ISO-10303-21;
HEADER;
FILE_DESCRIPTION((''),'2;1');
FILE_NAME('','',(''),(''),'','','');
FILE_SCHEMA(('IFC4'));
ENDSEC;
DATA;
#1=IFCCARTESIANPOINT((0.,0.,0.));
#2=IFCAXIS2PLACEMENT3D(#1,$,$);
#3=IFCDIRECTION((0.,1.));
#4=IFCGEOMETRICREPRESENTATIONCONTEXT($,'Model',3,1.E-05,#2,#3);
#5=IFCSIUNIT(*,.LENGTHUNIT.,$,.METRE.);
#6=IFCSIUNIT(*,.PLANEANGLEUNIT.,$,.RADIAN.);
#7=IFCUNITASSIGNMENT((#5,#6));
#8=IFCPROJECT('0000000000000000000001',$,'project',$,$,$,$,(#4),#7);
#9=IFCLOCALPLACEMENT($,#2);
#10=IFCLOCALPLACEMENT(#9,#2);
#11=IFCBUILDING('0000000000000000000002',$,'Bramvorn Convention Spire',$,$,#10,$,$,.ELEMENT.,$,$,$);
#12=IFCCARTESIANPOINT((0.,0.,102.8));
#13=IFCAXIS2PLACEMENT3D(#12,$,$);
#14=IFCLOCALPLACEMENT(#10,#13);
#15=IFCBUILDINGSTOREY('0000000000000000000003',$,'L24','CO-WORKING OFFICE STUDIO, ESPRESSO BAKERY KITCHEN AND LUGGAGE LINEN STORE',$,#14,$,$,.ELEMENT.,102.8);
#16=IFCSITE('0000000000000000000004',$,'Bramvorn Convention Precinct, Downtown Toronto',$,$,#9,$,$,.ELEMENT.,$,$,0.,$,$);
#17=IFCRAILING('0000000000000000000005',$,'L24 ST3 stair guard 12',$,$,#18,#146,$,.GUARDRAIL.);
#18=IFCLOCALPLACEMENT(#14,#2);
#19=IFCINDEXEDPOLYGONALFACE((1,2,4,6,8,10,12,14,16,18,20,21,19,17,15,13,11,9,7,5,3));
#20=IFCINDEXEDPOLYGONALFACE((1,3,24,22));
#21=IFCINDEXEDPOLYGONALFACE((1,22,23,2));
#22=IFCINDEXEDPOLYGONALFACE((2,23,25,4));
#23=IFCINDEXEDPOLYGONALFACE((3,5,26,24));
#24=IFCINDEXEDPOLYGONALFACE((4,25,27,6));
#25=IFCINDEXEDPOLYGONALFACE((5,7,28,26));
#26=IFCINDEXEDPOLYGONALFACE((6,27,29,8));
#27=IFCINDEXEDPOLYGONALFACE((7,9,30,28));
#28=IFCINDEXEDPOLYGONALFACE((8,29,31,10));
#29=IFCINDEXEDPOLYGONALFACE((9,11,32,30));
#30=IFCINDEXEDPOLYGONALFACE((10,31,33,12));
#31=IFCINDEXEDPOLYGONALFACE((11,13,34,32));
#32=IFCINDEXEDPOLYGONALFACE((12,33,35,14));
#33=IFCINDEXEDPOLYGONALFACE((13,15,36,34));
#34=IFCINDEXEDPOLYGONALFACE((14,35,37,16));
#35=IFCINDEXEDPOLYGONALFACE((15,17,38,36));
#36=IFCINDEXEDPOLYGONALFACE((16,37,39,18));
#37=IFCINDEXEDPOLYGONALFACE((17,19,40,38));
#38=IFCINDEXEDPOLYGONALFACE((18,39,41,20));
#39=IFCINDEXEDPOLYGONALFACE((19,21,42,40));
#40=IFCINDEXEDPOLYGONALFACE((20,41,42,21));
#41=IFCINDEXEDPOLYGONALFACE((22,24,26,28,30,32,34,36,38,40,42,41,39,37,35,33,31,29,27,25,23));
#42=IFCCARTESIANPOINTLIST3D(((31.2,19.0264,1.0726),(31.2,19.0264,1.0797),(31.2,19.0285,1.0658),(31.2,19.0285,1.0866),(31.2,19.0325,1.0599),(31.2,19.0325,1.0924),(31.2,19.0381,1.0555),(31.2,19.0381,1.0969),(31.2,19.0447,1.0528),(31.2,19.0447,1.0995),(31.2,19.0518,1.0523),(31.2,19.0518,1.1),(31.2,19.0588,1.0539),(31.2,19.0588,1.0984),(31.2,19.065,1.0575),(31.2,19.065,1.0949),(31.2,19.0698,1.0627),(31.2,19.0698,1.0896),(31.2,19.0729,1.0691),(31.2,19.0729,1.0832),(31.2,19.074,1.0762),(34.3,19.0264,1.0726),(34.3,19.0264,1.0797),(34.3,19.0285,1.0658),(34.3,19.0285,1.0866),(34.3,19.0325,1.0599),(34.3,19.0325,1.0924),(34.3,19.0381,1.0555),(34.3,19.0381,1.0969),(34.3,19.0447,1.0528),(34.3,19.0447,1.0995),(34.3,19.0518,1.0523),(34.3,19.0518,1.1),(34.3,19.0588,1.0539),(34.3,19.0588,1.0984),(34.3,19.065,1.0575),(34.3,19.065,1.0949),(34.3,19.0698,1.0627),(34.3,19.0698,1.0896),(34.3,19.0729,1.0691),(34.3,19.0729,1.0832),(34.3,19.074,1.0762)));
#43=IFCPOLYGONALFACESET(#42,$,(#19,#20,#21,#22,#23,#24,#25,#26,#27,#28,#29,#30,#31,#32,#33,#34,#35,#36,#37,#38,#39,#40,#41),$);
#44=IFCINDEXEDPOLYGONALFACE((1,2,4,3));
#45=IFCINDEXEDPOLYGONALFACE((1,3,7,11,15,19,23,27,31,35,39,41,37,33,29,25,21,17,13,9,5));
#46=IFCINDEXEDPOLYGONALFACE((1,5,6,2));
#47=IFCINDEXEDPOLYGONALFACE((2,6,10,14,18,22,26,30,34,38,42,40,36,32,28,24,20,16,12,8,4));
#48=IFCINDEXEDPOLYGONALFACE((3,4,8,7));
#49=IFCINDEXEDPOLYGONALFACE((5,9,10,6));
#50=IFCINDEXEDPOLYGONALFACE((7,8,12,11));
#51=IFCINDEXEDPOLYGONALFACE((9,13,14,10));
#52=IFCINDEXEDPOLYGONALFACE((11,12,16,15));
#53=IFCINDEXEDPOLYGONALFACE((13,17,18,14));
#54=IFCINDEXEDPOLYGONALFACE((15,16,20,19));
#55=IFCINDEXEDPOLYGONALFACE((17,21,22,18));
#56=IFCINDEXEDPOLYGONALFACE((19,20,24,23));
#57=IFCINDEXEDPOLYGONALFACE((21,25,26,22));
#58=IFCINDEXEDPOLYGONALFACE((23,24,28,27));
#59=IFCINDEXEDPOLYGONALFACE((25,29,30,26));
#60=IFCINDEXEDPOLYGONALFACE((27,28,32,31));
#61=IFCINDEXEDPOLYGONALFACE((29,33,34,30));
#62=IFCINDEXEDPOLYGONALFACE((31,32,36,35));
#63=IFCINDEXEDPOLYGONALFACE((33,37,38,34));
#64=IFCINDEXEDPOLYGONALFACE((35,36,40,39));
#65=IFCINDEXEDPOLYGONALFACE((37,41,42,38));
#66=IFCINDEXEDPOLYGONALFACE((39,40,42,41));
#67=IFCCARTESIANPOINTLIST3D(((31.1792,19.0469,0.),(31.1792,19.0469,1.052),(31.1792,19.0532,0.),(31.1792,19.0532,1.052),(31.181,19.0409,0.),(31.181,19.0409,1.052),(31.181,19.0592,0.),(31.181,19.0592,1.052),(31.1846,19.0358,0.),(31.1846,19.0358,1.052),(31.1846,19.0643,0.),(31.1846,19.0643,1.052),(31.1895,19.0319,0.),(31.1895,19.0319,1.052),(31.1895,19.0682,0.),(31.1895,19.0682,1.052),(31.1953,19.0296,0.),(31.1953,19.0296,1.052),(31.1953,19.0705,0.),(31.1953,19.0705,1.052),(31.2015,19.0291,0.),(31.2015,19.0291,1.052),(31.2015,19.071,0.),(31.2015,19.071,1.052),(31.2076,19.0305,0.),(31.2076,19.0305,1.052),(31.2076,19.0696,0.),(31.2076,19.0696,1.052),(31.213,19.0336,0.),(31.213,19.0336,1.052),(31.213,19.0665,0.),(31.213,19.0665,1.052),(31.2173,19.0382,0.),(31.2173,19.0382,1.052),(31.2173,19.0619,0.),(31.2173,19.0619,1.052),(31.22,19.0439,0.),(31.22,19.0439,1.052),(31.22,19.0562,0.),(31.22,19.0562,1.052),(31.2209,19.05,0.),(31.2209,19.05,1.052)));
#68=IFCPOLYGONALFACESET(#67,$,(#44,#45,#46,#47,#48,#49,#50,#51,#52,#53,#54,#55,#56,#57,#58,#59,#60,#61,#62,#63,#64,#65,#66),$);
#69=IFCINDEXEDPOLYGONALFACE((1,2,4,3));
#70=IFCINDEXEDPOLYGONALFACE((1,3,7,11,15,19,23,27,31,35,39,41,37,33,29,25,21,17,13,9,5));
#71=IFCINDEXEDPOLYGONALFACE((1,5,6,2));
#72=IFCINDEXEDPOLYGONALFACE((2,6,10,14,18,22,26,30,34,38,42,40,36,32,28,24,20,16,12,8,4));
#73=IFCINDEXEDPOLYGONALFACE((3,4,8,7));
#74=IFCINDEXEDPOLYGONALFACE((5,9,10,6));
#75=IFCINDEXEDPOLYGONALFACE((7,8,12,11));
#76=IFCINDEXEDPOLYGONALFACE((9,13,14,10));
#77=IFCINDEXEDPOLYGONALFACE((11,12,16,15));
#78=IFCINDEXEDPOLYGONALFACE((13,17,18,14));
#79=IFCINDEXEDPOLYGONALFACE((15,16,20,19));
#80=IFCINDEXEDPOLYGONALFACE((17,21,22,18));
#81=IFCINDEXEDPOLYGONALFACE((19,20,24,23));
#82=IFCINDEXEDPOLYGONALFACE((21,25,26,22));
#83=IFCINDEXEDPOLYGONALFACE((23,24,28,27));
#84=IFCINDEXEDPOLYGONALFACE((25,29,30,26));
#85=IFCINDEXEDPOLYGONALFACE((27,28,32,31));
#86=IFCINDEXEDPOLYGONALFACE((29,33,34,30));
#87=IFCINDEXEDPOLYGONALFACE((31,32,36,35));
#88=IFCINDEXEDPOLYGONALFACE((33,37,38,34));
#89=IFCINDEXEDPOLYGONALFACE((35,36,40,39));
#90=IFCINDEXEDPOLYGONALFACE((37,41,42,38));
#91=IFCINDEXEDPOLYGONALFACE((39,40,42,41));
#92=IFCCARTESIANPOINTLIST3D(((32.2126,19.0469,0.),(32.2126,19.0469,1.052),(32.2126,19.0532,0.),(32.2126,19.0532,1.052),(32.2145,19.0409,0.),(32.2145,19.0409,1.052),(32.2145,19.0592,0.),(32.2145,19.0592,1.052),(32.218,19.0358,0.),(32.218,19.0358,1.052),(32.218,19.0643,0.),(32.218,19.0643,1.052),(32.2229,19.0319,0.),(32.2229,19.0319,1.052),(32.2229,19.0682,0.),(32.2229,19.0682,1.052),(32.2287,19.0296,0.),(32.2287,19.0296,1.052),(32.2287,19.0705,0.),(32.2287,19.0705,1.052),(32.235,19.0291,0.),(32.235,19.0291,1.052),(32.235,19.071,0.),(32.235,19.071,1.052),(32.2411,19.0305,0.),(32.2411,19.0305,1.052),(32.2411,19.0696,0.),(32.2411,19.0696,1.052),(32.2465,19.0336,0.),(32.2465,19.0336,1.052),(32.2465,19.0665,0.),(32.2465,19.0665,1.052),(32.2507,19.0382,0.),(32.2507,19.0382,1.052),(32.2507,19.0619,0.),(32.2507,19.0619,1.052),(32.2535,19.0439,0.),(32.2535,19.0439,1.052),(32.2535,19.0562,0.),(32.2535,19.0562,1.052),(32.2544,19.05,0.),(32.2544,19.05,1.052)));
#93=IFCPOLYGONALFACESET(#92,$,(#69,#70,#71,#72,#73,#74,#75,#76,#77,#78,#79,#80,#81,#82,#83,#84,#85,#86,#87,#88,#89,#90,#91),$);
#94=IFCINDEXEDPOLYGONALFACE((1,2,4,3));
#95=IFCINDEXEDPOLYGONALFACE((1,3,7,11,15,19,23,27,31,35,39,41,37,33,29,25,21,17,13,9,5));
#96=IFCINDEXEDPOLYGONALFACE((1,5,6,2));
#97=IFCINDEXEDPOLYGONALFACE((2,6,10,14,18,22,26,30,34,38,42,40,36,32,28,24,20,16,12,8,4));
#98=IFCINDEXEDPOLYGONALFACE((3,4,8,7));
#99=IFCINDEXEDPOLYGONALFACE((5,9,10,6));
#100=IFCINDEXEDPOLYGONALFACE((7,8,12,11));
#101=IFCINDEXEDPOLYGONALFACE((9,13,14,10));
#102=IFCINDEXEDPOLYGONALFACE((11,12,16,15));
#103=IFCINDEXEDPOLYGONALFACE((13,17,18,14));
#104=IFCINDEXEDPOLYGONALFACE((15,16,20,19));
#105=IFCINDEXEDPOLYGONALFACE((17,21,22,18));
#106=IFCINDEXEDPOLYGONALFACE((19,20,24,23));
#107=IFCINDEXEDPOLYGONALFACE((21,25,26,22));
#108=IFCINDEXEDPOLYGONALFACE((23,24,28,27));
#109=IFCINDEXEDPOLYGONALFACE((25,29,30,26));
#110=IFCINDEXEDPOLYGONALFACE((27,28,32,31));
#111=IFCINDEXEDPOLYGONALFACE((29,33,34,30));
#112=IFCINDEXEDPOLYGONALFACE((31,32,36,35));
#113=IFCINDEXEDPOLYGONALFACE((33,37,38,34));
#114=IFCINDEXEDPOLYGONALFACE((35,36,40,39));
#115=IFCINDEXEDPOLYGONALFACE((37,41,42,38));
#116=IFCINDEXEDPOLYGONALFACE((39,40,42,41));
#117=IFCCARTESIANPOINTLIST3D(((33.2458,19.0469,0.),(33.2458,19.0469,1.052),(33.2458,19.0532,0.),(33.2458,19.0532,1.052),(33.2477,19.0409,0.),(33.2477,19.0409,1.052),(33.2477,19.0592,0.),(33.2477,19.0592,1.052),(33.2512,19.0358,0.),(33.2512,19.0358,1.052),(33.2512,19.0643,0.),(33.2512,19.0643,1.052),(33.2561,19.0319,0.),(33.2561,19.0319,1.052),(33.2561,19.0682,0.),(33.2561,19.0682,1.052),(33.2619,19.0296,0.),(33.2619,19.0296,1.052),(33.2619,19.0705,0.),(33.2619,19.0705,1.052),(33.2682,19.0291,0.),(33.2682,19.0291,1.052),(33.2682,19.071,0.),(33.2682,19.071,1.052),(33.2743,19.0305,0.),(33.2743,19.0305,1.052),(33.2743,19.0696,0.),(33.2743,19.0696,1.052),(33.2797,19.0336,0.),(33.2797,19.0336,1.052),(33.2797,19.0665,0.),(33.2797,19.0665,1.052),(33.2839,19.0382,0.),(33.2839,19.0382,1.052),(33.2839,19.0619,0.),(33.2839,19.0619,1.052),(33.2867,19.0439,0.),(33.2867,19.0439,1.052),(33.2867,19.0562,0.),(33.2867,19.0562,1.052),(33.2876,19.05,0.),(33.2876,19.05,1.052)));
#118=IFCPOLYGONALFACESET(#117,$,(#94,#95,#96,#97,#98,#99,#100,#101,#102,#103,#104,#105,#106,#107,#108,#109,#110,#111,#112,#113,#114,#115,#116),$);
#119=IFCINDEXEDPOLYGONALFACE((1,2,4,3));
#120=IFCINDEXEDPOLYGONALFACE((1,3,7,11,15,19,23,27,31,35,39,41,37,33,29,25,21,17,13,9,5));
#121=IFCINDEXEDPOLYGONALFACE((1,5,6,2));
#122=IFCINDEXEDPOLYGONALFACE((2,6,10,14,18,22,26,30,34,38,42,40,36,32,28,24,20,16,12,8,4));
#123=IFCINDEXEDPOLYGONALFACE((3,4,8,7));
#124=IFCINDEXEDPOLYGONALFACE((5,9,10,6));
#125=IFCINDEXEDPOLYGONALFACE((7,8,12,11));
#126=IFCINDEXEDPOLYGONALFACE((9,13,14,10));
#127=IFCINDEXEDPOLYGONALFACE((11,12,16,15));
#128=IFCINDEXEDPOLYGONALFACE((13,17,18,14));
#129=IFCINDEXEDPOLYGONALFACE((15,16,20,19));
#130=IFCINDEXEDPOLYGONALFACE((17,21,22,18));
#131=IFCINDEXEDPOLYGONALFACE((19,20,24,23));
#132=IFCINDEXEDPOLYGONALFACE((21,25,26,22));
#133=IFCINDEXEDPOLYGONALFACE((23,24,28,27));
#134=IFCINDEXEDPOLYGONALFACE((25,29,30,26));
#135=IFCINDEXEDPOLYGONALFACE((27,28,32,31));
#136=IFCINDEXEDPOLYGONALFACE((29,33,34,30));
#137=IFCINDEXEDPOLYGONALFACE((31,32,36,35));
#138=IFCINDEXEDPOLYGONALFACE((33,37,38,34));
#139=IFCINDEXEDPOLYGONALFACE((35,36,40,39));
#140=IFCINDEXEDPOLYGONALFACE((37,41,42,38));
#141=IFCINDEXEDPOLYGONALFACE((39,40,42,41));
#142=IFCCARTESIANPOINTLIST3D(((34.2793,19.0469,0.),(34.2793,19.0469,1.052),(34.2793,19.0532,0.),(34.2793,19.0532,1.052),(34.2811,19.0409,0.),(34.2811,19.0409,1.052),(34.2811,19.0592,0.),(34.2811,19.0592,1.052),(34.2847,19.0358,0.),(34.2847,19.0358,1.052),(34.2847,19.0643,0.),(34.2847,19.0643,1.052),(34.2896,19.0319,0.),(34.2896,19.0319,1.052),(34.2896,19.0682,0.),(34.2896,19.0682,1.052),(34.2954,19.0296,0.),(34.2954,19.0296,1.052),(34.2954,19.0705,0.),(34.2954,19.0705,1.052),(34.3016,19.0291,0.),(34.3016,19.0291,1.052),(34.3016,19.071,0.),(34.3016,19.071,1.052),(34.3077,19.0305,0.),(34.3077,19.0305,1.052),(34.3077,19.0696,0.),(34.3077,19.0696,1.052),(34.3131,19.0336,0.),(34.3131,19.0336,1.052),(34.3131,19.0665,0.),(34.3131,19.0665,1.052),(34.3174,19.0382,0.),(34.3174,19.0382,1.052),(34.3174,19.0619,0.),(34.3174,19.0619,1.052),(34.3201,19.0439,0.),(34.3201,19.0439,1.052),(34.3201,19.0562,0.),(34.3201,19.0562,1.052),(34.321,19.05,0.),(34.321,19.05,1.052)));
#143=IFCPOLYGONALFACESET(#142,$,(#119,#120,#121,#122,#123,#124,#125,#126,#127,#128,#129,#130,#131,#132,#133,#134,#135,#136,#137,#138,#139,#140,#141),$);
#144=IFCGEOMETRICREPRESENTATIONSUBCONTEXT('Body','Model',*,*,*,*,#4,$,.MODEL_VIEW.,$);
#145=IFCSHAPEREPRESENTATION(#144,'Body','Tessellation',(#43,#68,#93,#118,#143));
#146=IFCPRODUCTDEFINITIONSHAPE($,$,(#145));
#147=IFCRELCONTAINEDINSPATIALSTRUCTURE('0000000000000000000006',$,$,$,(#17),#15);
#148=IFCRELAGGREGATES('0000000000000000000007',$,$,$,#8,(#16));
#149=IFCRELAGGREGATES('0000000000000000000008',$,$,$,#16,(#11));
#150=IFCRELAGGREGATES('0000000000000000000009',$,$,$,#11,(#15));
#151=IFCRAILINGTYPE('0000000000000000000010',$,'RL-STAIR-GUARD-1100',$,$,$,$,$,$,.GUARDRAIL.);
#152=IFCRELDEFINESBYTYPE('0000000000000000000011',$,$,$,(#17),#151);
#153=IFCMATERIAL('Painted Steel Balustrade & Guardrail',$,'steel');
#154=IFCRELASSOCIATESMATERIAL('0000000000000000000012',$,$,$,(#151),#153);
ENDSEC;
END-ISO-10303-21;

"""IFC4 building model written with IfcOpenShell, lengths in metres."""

from ifc_helpers import new_model, si_unit, direction, frame, origin, origin_2d, place, context, subcontext, project, spatial, circle, extrude, material, type_object, element, save


model = new_model("IFC4")

# Units and contexts
model_context = context("Model", 3, precision=1e-05, world=origin(), true_north=direction((0.0, 1.0)))
body_context = subcontext(model_context, "Body", "Model", "MODEL_VIEW")
ifc_project = project(units=[si_unit("LENGTHUNIT", "METRE"), si_unit("PLANEANGLEUNIT", "RADIAN")], contexts=[model_context])

# Site, building, storey
site_placement = place(None, origin())
site = spatial("IfcSite", under=ifc_project, at=site_placement, Name="Bramvorn Convention Precinct, Downtown Toronto", CompositionType="ELEMENT", RefElevation=0.0)
building_placement = place(site_placement, origin())
building = spatial("IfcBuilding", under=site, at=building_placement, Name="Bramvorn Convention Spire", CompositionType="ELEMENT")
storey_placement = place(building_placement, frame((0.0, 0.0, 102.8)))
storey = spatial("IfcBuildingStorey", under=building, at=storey_placement, Name="L24", Description="CO-WORKING OFFICE STUDIO, ESPRESSO BAKERY KITCHEN AND LUGGAGE LINEN STORE", CompositionType="ELEMENT", Elevation=102.8)

# Railing
ifc_material_1 = material(Name="Painted Steel Balustrade & Guardrail", Category="steel")
railing_type_1 = type_object("IfcRailingType", Name="RL-STAIR-GUARD-1100", PredefinedType="GUARDRAIL", material=ifc_material_1)
railing_1_placement = place(storey_placement, frame((31.2, 19.05, 0.0)))
element("IfcRailing", 1, at=railing_1_placement, inside=storey, type_object=railing_type_1, Name="L24 ST3 stair guard 12", PredefinedType="GUARDRAIL", context=body_context, shape_type="SweptSolid", body=[
    extrude(circle(Radius=0.0239, at=origin_2d()), frame((0.0, 0.0, 1.0762), z_axis=(1.0, 0.0, 0.0), x_axis=(0.0, 1.0, 0.0)), (0.0, 0.0, 1.0), 3.1001),
    extrude(circle(Radius=0.021, at=origin_2d()), origin(), (0.0, 0.0, 1.0), 1.052),
    extrude(circle(Radius=0.021, at=origin_2d()), frame((1.0334, 0.0, 0.0)), (0.0, 0.0, 1.0), 1.052),
    extrude(circle(Radius=0.021, at=origin_2d()), frame((2.0667, 0.0, 0.0)), (0.0, 0.0, 1.0), 1.052),
    extrude(circle(Radius=0.021, at=origin_2d()), frame((3.1001, 0.0, 0.0)), (0.0, 0.0, 1.0), 1.052),
])

save(model, "model.ifc")
